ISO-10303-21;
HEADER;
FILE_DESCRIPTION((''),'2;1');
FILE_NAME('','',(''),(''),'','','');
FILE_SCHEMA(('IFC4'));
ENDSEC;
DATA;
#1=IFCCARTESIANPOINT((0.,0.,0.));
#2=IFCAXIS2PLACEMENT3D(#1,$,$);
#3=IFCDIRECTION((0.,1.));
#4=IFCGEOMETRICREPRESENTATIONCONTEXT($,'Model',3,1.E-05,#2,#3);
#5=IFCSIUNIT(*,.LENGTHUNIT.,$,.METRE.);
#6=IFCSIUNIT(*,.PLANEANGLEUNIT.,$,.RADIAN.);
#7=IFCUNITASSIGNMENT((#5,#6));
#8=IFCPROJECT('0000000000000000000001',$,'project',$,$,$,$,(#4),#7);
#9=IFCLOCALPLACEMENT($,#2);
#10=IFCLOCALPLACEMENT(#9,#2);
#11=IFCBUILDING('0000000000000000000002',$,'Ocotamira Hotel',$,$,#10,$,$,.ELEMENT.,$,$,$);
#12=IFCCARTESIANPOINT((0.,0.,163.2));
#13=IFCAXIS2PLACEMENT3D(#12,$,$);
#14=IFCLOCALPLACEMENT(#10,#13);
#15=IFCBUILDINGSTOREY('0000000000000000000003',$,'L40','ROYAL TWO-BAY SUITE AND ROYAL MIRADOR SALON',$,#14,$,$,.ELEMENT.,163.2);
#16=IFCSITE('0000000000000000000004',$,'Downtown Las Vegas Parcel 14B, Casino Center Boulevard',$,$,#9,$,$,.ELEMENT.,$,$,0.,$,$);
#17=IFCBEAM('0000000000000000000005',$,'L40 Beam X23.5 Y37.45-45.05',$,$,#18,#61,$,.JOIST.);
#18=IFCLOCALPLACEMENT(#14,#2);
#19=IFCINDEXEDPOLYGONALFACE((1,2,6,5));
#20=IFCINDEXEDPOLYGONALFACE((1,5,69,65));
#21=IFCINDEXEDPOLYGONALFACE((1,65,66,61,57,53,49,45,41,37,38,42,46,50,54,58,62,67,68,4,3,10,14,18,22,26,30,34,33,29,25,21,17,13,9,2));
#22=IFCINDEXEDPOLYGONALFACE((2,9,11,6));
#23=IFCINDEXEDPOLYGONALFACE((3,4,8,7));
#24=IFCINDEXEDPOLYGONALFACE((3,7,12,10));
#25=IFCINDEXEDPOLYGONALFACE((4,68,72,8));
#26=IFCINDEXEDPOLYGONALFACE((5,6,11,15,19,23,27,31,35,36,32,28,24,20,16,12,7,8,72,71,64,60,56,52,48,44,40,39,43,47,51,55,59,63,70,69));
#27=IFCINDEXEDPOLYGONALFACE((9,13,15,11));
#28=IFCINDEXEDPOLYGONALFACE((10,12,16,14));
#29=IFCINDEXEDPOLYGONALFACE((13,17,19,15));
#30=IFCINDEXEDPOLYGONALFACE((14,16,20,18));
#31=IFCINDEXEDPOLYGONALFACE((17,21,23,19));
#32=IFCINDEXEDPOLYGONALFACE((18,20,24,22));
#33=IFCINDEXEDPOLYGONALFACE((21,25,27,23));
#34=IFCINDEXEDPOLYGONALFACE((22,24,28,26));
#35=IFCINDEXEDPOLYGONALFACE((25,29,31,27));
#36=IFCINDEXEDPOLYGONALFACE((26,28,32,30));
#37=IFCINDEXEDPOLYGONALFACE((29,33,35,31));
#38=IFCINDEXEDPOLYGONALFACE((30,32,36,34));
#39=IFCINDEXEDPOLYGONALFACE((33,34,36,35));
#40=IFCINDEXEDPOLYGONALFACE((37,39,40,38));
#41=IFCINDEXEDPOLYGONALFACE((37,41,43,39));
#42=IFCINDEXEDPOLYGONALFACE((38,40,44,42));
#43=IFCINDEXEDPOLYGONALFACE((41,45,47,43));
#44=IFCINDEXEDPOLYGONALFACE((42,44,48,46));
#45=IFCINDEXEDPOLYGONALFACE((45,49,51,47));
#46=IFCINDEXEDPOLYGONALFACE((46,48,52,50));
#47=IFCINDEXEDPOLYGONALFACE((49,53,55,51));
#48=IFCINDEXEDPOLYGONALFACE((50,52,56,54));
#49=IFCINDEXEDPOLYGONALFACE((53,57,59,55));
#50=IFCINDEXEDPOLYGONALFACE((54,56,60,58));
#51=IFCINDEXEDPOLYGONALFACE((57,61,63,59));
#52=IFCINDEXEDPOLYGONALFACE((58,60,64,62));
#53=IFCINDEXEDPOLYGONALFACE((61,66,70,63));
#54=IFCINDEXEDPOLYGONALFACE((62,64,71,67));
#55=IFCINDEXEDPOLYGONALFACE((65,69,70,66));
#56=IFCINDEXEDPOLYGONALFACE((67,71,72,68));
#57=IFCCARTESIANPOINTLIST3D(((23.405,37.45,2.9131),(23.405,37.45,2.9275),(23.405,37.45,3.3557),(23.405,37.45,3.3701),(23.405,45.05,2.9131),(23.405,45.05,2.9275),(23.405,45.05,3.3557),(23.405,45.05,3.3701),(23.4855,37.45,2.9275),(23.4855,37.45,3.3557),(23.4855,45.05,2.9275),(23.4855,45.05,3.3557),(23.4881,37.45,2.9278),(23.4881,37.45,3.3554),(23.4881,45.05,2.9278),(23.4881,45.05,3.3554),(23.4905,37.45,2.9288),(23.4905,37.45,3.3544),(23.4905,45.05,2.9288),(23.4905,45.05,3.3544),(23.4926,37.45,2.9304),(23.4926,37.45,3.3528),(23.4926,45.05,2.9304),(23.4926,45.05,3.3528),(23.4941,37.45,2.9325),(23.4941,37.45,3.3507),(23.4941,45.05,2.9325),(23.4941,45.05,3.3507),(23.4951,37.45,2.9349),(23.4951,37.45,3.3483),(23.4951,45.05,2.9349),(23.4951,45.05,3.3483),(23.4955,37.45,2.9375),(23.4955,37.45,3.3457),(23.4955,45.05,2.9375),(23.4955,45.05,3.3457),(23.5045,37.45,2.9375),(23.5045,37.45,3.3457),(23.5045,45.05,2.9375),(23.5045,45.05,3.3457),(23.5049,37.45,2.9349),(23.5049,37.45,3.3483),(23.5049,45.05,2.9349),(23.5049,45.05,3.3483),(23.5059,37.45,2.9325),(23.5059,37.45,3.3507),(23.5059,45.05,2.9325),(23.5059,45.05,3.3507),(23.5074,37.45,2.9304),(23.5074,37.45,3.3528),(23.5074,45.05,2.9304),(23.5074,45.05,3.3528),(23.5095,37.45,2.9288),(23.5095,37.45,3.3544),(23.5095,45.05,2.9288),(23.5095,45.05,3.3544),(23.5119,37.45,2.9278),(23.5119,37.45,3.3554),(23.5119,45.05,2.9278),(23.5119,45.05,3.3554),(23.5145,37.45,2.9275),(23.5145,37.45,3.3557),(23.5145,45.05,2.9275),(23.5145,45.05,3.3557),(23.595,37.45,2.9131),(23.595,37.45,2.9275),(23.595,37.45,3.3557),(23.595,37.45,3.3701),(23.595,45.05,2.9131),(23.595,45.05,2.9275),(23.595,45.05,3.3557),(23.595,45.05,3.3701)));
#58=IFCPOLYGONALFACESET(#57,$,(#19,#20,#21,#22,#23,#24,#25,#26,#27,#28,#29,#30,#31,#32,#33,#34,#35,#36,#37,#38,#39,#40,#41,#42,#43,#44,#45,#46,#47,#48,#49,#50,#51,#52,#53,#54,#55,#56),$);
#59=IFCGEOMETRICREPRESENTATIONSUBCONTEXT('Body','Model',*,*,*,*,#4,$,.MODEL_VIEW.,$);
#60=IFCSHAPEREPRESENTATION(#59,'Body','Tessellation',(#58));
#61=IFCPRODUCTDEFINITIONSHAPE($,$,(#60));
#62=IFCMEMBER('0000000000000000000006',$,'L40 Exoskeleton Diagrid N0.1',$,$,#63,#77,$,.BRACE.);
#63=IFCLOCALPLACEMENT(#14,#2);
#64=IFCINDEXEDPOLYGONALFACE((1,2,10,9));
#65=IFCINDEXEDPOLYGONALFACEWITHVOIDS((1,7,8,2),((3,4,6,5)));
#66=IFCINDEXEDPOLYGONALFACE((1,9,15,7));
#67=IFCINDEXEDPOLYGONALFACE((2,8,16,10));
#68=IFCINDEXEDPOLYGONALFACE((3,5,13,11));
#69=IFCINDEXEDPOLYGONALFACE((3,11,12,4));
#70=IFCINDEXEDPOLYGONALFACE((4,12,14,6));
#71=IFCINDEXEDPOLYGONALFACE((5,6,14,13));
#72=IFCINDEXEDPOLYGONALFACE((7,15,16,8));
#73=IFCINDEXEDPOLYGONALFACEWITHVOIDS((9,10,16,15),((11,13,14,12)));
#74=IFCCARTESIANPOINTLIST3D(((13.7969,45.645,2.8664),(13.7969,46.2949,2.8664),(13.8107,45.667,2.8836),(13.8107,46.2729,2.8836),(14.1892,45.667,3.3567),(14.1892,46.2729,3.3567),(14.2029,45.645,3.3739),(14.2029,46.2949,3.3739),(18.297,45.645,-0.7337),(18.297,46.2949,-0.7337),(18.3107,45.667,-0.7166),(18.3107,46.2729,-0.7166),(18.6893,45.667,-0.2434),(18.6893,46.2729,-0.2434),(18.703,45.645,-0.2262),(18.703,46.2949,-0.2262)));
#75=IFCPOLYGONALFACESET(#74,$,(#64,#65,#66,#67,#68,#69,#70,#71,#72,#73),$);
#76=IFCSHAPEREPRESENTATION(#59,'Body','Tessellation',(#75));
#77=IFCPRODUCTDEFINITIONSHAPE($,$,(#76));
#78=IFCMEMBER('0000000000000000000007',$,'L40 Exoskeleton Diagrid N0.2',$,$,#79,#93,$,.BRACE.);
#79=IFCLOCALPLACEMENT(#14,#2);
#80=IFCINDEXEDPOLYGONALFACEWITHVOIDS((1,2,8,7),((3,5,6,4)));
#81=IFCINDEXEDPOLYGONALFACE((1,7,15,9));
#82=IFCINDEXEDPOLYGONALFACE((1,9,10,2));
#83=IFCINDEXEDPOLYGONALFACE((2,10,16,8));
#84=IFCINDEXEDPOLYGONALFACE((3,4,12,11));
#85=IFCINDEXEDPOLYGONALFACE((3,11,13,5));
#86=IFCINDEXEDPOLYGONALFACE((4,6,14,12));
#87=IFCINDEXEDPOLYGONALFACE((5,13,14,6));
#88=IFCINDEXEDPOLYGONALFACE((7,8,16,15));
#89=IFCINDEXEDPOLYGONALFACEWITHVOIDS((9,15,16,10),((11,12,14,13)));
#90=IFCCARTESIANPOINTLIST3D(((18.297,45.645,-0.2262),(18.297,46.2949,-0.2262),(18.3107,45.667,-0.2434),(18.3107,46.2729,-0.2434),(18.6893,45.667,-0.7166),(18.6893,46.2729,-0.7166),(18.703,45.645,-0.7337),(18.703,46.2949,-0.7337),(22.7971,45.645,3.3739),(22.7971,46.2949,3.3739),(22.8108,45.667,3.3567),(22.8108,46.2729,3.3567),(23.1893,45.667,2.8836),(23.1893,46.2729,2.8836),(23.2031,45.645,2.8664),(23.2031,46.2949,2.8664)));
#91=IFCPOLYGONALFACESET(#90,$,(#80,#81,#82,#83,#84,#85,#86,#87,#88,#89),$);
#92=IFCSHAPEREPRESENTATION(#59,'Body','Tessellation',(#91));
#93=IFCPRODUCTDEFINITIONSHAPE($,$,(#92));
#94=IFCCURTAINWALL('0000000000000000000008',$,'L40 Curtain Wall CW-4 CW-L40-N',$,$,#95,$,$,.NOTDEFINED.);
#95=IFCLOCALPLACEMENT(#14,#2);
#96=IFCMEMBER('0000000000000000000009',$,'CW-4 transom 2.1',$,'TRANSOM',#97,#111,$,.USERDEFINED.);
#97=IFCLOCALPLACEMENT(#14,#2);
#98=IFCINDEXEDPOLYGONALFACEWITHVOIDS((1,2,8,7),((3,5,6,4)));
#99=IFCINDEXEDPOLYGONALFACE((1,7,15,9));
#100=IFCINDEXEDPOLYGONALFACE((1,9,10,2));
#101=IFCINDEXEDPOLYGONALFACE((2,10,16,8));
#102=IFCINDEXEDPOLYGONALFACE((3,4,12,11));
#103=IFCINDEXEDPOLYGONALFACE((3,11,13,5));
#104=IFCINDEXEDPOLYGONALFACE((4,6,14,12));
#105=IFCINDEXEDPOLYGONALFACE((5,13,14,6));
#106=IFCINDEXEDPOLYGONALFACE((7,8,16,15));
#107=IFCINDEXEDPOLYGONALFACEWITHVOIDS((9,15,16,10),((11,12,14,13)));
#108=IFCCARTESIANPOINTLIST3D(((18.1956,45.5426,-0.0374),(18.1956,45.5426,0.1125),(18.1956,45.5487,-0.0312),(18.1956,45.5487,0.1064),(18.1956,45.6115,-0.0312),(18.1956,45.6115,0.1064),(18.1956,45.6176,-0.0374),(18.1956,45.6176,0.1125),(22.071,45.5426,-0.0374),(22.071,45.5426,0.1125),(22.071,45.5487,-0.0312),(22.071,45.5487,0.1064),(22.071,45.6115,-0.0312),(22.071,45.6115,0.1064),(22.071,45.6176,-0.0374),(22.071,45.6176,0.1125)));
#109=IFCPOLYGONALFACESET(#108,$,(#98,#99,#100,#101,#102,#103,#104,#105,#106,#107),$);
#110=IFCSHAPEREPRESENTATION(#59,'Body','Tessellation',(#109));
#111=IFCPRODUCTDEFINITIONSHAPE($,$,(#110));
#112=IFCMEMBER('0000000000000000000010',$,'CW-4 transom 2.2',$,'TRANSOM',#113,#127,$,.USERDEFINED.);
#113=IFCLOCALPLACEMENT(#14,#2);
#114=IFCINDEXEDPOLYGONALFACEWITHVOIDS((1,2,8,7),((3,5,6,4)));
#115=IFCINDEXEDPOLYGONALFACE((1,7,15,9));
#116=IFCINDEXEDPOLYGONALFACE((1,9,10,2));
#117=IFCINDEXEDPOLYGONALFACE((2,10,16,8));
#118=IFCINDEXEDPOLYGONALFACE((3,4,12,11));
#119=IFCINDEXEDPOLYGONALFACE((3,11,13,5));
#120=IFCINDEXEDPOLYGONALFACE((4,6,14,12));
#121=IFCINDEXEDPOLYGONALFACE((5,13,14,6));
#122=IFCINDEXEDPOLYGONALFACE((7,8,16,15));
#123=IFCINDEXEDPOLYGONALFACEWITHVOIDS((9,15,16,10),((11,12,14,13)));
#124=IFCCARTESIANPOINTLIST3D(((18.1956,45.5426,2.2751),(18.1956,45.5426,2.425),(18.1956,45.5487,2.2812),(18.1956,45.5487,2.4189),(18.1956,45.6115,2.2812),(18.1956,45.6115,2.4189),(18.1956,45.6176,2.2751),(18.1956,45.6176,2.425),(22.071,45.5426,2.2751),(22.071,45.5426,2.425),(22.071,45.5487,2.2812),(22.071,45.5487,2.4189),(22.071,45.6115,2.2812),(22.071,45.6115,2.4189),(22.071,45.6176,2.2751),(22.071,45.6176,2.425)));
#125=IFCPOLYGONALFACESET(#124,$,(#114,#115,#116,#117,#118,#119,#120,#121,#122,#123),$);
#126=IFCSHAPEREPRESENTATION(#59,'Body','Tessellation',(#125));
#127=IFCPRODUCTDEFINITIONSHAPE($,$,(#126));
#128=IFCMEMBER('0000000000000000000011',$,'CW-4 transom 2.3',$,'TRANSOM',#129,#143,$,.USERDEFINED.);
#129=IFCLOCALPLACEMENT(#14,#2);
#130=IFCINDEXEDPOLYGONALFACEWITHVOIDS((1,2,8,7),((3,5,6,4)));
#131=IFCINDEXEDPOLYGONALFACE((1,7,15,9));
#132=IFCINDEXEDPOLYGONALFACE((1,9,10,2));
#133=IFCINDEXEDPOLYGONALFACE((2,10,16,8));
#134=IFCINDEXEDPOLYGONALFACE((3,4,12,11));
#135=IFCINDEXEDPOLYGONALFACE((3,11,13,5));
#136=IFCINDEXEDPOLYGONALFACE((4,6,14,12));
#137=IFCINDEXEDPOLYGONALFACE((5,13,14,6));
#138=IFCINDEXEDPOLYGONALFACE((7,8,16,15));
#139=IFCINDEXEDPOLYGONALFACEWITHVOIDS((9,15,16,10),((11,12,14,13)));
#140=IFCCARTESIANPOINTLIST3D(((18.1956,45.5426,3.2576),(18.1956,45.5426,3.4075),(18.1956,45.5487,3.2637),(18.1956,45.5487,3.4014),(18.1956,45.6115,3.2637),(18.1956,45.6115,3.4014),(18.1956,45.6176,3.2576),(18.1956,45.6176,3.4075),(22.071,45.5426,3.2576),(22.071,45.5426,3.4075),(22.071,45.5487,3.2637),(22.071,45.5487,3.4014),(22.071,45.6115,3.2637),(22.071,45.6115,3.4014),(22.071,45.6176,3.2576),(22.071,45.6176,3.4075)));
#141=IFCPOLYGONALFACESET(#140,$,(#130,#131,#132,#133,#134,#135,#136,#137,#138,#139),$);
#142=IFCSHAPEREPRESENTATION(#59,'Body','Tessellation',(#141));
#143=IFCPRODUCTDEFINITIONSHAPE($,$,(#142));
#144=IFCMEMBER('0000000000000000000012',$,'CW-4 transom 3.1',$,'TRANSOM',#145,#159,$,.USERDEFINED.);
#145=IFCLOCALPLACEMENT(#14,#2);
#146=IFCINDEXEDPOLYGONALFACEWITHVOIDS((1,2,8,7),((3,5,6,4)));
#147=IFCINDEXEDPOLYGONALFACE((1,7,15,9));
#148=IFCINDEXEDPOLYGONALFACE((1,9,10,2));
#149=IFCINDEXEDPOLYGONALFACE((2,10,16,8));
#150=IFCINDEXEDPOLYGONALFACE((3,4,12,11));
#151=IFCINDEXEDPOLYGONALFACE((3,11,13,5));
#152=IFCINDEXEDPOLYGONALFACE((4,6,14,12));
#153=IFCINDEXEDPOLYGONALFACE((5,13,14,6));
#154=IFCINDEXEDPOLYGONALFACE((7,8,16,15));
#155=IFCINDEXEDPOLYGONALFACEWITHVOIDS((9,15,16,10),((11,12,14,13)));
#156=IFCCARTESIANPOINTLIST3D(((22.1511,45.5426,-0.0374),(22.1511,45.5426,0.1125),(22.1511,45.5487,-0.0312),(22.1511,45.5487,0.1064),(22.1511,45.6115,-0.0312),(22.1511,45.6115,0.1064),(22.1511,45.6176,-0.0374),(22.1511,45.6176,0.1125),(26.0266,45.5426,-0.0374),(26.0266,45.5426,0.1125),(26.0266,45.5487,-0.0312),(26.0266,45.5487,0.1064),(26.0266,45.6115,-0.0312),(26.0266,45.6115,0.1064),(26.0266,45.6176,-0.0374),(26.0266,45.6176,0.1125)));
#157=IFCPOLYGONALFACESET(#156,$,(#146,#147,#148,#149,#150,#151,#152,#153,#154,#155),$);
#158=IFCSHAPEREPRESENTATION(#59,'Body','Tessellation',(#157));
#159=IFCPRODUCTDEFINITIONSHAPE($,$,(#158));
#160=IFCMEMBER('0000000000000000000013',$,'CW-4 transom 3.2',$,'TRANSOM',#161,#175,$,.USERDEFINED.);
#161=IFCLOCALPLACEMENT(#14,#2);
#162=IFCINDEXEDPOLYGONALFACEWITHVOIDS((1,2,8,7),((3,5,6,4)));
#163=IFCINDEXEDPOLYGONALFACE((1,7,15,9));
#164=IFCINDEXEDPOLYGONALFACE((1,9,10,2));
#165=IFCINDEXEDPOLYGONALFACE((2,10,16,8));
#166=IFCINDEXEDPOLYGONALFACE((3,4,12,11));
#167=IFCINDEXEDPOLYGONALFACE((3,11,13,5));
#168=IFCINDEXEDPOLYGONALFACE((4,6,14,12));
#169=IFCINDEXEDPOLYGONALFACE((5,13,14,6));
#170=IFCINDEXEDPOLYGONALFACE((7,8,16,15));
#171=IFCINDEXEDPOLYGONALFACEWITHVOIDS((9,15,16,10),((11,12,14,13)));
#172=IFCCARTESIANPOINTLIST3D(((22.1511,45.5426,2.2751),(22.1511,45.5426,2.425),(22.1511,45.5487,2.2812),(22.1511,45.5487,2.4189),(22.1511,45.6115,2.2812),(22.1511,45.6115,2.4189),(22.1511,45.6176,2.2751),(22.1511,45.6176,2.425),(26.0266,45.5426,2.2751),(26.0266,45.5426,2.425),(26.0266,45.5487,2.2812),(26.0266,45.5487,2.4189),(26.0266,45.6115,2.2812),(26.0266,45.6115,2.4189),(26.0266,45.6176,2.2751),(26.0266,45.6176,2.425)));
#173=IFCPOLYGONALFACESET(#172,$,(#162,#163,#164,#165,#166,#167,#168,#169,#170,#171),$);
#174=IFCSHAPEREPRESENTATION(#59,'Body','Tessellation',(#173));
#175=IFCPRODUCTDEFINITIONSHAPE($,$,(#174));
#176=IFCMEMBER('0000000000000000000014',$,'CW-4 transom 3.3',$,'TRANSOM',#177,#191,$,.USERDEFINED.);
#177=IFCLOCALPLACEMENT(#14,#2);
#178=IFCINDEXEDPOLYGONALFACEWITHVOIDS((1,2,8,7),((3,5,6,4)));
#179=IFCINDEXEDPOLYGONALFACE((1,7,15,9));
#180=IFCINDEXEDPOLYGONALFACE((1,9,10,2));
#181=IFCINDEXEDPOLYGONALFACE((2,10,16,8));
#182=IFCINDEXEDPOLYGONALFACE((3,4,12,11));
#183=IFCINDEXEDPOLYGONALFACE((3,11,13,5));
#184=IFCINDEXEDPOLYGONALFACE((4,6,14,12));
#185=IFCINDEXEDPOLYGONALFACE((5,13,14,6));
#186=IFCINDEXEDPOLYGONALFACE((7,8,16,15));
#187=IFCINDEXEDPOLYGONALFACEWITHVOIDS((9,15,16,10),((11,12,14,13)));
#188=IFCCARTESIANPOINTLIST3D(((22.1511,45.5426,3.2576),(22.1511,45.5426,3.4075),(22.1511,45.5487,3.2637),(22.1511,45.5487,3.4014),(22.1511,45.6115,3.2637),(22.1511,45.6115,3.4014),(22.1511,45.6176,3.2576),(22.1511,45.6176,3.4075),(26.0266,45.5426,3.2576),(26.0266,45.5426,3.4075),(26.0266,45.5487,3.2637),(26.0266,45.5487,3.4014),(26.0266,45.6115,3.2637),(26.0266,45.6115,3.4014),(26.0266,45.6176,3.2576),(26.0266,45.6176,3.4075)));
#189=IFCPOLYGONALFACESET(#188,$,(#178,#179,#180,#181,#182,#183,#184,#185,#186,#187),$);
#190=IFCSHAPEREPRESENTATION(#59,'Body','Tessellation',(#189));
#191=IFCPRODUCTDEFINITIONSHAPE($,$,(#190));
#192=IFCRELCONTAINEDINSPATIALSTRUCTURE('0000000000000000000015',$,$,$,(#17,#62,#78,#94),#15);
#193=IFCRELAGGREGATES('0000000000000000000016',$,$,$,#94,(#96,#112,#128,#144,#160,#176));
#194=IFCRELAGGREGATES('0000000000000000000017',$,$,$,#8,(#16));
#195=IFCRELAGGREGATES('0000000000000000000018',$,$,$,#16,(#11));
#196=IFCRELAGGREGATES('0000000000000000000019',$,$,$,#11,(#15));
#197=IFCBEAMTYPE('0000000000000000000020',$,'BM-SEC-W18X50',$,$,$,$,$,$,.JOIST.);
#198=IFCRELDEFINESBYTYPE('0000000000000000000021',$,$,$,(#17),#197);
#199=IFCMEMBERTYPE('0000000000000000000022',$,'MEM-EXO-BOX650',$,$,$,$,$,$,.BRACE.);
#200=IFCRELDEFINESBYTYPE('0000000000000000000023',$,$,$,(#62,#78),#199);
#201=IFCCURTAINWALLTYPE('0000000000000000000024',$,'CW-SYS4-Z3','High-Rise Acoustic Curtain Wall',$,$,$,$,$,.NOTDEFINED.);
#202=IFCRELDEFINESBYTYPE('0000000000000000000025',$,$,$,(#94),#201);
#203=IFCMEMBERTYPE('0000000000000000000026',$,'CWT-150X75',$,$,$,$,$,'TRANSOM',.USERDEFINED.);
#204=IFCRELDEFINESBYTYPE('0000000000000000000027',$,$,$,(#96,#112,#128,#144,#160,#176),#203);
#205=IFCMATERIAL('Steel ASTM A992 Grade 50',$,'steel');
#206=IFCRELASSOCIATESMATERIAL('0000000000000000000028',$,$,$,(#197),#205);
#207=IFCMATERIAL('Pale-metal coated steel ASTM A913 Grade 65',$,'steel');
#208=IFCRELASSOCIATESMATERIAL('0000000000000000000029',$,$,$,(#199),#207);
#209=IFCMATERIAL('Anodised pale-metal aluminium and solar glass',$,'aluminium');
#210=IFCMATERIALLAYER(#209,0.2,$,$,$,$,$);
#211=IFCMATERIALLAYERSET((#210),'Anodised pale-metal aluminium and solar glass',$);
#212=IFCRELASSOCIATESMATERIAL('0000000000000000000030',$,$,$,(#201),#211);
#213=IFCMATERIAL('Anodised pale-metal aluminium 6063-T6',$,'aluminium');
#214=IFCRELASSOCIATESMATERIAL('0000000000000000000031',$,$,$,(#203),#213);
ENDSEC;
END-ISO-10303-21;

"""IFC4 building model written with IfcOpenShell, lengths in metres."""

from ifc_helpers import new_model, si_unit, direction, frame, origin, origin_2d, place, context, subcontext, project, spatial, hollow_rectangle, i_section, extrude, source, transform, mapped, material, layer, layer_set, material_profile, profile_set, type_object, element, aggregate, save


model = new_model("IFC4")

# Units and contexts
model_context = context("Model", 3, precision=1e-05, world=origin(), true_north=direction((0.0, 1.0)))
body_context = subcontext(model_context, "Body", "Model", "MODEL_VIEW")
ifc_project = project(units=[si_unit("LENGTHUNIT", "METRE"), si_unit("PLANEANGLEUNIT", "RADIAN")], contexts=[model_context])

# Site, building, storey
site_placement = place(None, origin())
site = spatial("IfcSite", under=ifc_project, at=site_placement, Name="Downtown Las Vegas Parcel 14B, Casino Center Boulevard", CompositionType="ELEMENT", RefElevation=0.0)
building_placement = place(site_placement, origin())
building = spatial("IfcBuilding", under=site, at=building_placement, Name="Ocotamira Hotel", CompositionType="ELEMENT")
storey_placement = place(building_placement, frame((0.0, 0.0, 163.2)))
storey = spatial("IfcBuildingStorey", under=building, at=storey_placement, Name="L40", Description="ROYAL TWO-BAY SUITE AND ROYAL MIRADOR SALON", CompositionType="ELEMENT", Elevation=163.2)

# Beam
ifc_material_1 = material(Name="Steel ASTM A992 Grade 50", Category="steel")
ifc_material_profile_1 = material_profile(ifc_material_1, i_section(OverallWidth=0.1899, OverallDepth=0.457, WebThickness=0.009, FlangeThickness=0.0144, FilletRadius=0.01, at=origin_2d()), Name="W18X50")
ifc_profile_set_1 = profile_set([ifc_material_profile_1], Name="Steel ASTM A992 Grade 50")
beam_type_1 = type_object("IfcBeamType", Name="BM-SEC-W18X50", PredefinedType="JOIST", material=ifc_profile_set_1)
shared_shape_1 = source(origin(), body_context, "Body", "SweptSolid", [
    extrude(i_section(OverallWidth=0.1899, OverallDepth=0.457, WebThickness=0.009, FlangeThickness=0.0144, FilletRadius=0.01, at=origin_2d()), origin(), (0.0, 0.0, 1.0), 7.6001),
])
beam_1_placement = place(storey_placement, frame((23.5, 37.45, 3.1416), z_axis=(0.0, 1.0, 0.0), x_axis=(-1.0, 0.0, 0.0)))
element("IfcBeam", 1, at=beam_1_placement, inside=storey, type_object=beam_type_1, Name="L40 Beam X23.5 Y37.45-45.05", PredefinedType="JOIST", context=body_context, shape_type="MappedRepresentation", body=[
    mapped(shared_shape_1, transform((0.0, 0.0, 0.0), scale=1.0)),
])

# Members
ifc_material_2 = material(Name="Pale-metal coated steel ASTM A913 Grade 65", Category="steel")
ifc_material_profile_2 = material_profile(ifc_material_2, hollow_rectangle(XDim=0.6499, YDim=0.6499, WallThickness=0.022, at=origin_2d()), Name="BOX650X650X22")
ifc_profile_set_2 = profile_set([ifc_material_profile_2], Name="Pale-metal coated steel ASTM A913 Grade 65")
member_type_1 = type_object("IfcMemberType", Name="MEM-EXO-BOX650", PredefinedType="BRACE", material=ifc_profile_set_2)
shared_shape_2 = source(origin(), body_context, "Body", "SweptSolid", [
    extrude(hollow_rectangle(XDim=0.6499, YDim=0.6499, WallThickness=0.022, at=origin_2d()), origin(), (0.0, 0.0, 1.0), 5.7629),
])
for number, where, z_axis, x_axis, name in (
    (2, (18.5, 45.97, -0.48), (-0.780861, 0.0, 0.624705), (0.0, -1.0, 0.0), "L40 Exoskeleton Diagrid N0.1"),
    (3, (18.5, 45.97, -0.48), (0.780861, 0.0, 0.624705), (0.0, 1.0, 0.0), "L40 Exoskeleton Diagrid N0.2"),
):
    element("IfcMember", number, at=place(storey_placement, frame(where, z_axis=z_axis, x_axis=x_axis)), inside=storey, type_object=member_type_1, Name=name, PredefinedType="BRACE", context=body_context, shape_type="MappedRepresentation", body=[
        mapped(shared_shape_2, transform((0.0, 0.0, 0.0), scale=1.0)),
    ])

# Curtain wall, members
ifc_material_3 = material(Name="Anodised pale-metal aluminium and solar glass", Category="aluminium")
ifc_layer_1 = layer(ifc_material_3, 0.2)
ifc_layer_set_1 = layer_set([ifc_layer_1], Name="Anodised pale-metal aluminium and solar glass")
curtain_wall_type = type_object("IfcCurtainWallType", Name="CW-SYS4-Z3", Description="High-Rise Acoustic Curtain Wall", PredefinedType="NOTDEFINED", material=ifc_layer_set_1)
curtain_wall_placement = place(storey_placement, origin())
curtain_wall = element("IfcCurtainWall", 4, at=curtain_wall_placement, inside=storey, type_object=curtain_wall_type, Name="L40 Curtain Wall CW-4 CW-L40-N", PredefinedType="NOTDEFINED")
ifc_material_4 = material(Name="Anodised pale-metal aluminium 6063-T6", Category="aluminium")
ifc_material_profile_3 = material_profile(ifc_material_4, hollow_rectangle(XDim=0.075, YDim=0.1499, WallThickness=0.0061, at=origin_2d()), Name="HSS150X75X6")
ifc_profile_set_3 = profile_set([ifc_material_profile_3], Name="Anodised pale-metal aluminium 6063-T6")
member_type_2 = type_object("IfcMemberType", Name="CWT-150X75", ElementType="TRANSOM", PredefinedType="USERDEFINED", material=ifc_profile_set_3)
shared_shape_3 = source(origin(), body_context, "Body", "SweptSolid", [
    extrude(hollow_rectangle(XDim=0.075, YDim=0.1499, WallThickness=0.0061, at=origin_2d()), origin(), (0.0, 0.0, 1.0), 3.8755),
])
member_1_placement = place(storey_placement, frame((18.1956, 45.5801, 0.0376), z_axis=(1.0, 0.0, 0.0), x_axis=(0.0, 1.0, 0.0)))
member_1 = element("IfcMember", 5, at=member_1_placement, type_object=member_type_2, Name="CW-4 transom 2.1", ObjectType="TRANSOM", PredefinedType="USERDEFINED", context=body_context, shape_type="MappedRepresentation", body=[
    mapped(shared_shape_3, transform((0.0, 0.0, 0.0), scale=1.0)),
])
member_2_placement = place(storey_placement, frame((18.1956, 45.5801, 2.3501), z_axis=(1.0, 0.0, 0.0), x_axis=(0.0, 1.0, 0.0)))
member_2 = element("IfcMember", 6, at=member_2_placement, type_object=member_type_2, Name="CW-4 transom 2.2", ObjectType="TRANSOM", PredefinedType="USERDEFINED", context=body_context, shape_type="MappedRepresentation", body=[
    mapped(shared_shape_3, transform((0.0, 0.0, 0.0), scale=1.0)),
])
member_3_placement = place(storey_placement, frame((18.1956, 45.5801, 3.3325), z_axis=(1.0, 0.0, 0.0), x_axis=(0.0, 1.0, 0.0)))
member_3 = element("IfcMember", 7, at=member_3_placement, type_object=member_type_2, Name="CW-4 transom 2.3", ObjectType="TRANSOM", PredefinedType="USERDEFINED", context=body_context, shape_type="MappedRepresentation", body=[
    mapped(shared_shape_3, transform((0.0, 0.0, 0.0), scale=1.0)),
])
member_4_placement = place(storey_placement, frame((22.1511, 45.5801, 0.0376), z_axis=(1.0, 0.0, 0.0), x_axis=(0.0, 1.0, 0.0)))
member_4 = element("IfcMember", 8, at=member_4_placement, type_object=member_type_2, Name="CW-4 transom 3.1", ObjectType="TRANSOM", PredefinedType="USERDEFINED", context=body_context, shape_type="MappedRepresentation", body=[
    mapped(shared_shape_3, transform((0.0, 0.0, 0.0), scale=1.0)),
])
member_5_placement = place(storey_placement, frame((22.1511, 45.5801, 2.3501), z_axis=(1.0, 0.0, 0.0), x_axis=(0.0, 1.0, 0.0)))
member_5 = element("IfcMember", 9, at=member_5_placement, type_object=member_type_2, Name="CW-4 transom 3.2", ObjectType="TRANSOM", PredefinedType="USERDEFINED", context=body_context, shape_type="MappedRepresentation", body=[
    mapped(shared_shape_3, transform((0.0, 0.0, 0.0), scale=1.0)),
])
member_6_placement = place(storey_placement, frame((22.1511, 45.5801, 3.3325), z_axis=(1.0, 0.0, 0.0), x_axis=(0.0, 1.0, 0.0)))
member_6 = element("IfcMember", 10, at=member_6_placement, type_object=member_type_2, Name="CW-4 transom 3.3", ObjectType="TRANSOM", PredefinedType="USERDEFINED", context=body_context, shape_type="MappedRepresentation", body=[
    mapped(shared_shape_3, transform((0.0, 0.0, 0.0), scale=1.0)),
])

aggregate(curtain_wall, [member_1, member_2, member_3, member_4, member_5, member_6])

save(model, "model.ifc")
